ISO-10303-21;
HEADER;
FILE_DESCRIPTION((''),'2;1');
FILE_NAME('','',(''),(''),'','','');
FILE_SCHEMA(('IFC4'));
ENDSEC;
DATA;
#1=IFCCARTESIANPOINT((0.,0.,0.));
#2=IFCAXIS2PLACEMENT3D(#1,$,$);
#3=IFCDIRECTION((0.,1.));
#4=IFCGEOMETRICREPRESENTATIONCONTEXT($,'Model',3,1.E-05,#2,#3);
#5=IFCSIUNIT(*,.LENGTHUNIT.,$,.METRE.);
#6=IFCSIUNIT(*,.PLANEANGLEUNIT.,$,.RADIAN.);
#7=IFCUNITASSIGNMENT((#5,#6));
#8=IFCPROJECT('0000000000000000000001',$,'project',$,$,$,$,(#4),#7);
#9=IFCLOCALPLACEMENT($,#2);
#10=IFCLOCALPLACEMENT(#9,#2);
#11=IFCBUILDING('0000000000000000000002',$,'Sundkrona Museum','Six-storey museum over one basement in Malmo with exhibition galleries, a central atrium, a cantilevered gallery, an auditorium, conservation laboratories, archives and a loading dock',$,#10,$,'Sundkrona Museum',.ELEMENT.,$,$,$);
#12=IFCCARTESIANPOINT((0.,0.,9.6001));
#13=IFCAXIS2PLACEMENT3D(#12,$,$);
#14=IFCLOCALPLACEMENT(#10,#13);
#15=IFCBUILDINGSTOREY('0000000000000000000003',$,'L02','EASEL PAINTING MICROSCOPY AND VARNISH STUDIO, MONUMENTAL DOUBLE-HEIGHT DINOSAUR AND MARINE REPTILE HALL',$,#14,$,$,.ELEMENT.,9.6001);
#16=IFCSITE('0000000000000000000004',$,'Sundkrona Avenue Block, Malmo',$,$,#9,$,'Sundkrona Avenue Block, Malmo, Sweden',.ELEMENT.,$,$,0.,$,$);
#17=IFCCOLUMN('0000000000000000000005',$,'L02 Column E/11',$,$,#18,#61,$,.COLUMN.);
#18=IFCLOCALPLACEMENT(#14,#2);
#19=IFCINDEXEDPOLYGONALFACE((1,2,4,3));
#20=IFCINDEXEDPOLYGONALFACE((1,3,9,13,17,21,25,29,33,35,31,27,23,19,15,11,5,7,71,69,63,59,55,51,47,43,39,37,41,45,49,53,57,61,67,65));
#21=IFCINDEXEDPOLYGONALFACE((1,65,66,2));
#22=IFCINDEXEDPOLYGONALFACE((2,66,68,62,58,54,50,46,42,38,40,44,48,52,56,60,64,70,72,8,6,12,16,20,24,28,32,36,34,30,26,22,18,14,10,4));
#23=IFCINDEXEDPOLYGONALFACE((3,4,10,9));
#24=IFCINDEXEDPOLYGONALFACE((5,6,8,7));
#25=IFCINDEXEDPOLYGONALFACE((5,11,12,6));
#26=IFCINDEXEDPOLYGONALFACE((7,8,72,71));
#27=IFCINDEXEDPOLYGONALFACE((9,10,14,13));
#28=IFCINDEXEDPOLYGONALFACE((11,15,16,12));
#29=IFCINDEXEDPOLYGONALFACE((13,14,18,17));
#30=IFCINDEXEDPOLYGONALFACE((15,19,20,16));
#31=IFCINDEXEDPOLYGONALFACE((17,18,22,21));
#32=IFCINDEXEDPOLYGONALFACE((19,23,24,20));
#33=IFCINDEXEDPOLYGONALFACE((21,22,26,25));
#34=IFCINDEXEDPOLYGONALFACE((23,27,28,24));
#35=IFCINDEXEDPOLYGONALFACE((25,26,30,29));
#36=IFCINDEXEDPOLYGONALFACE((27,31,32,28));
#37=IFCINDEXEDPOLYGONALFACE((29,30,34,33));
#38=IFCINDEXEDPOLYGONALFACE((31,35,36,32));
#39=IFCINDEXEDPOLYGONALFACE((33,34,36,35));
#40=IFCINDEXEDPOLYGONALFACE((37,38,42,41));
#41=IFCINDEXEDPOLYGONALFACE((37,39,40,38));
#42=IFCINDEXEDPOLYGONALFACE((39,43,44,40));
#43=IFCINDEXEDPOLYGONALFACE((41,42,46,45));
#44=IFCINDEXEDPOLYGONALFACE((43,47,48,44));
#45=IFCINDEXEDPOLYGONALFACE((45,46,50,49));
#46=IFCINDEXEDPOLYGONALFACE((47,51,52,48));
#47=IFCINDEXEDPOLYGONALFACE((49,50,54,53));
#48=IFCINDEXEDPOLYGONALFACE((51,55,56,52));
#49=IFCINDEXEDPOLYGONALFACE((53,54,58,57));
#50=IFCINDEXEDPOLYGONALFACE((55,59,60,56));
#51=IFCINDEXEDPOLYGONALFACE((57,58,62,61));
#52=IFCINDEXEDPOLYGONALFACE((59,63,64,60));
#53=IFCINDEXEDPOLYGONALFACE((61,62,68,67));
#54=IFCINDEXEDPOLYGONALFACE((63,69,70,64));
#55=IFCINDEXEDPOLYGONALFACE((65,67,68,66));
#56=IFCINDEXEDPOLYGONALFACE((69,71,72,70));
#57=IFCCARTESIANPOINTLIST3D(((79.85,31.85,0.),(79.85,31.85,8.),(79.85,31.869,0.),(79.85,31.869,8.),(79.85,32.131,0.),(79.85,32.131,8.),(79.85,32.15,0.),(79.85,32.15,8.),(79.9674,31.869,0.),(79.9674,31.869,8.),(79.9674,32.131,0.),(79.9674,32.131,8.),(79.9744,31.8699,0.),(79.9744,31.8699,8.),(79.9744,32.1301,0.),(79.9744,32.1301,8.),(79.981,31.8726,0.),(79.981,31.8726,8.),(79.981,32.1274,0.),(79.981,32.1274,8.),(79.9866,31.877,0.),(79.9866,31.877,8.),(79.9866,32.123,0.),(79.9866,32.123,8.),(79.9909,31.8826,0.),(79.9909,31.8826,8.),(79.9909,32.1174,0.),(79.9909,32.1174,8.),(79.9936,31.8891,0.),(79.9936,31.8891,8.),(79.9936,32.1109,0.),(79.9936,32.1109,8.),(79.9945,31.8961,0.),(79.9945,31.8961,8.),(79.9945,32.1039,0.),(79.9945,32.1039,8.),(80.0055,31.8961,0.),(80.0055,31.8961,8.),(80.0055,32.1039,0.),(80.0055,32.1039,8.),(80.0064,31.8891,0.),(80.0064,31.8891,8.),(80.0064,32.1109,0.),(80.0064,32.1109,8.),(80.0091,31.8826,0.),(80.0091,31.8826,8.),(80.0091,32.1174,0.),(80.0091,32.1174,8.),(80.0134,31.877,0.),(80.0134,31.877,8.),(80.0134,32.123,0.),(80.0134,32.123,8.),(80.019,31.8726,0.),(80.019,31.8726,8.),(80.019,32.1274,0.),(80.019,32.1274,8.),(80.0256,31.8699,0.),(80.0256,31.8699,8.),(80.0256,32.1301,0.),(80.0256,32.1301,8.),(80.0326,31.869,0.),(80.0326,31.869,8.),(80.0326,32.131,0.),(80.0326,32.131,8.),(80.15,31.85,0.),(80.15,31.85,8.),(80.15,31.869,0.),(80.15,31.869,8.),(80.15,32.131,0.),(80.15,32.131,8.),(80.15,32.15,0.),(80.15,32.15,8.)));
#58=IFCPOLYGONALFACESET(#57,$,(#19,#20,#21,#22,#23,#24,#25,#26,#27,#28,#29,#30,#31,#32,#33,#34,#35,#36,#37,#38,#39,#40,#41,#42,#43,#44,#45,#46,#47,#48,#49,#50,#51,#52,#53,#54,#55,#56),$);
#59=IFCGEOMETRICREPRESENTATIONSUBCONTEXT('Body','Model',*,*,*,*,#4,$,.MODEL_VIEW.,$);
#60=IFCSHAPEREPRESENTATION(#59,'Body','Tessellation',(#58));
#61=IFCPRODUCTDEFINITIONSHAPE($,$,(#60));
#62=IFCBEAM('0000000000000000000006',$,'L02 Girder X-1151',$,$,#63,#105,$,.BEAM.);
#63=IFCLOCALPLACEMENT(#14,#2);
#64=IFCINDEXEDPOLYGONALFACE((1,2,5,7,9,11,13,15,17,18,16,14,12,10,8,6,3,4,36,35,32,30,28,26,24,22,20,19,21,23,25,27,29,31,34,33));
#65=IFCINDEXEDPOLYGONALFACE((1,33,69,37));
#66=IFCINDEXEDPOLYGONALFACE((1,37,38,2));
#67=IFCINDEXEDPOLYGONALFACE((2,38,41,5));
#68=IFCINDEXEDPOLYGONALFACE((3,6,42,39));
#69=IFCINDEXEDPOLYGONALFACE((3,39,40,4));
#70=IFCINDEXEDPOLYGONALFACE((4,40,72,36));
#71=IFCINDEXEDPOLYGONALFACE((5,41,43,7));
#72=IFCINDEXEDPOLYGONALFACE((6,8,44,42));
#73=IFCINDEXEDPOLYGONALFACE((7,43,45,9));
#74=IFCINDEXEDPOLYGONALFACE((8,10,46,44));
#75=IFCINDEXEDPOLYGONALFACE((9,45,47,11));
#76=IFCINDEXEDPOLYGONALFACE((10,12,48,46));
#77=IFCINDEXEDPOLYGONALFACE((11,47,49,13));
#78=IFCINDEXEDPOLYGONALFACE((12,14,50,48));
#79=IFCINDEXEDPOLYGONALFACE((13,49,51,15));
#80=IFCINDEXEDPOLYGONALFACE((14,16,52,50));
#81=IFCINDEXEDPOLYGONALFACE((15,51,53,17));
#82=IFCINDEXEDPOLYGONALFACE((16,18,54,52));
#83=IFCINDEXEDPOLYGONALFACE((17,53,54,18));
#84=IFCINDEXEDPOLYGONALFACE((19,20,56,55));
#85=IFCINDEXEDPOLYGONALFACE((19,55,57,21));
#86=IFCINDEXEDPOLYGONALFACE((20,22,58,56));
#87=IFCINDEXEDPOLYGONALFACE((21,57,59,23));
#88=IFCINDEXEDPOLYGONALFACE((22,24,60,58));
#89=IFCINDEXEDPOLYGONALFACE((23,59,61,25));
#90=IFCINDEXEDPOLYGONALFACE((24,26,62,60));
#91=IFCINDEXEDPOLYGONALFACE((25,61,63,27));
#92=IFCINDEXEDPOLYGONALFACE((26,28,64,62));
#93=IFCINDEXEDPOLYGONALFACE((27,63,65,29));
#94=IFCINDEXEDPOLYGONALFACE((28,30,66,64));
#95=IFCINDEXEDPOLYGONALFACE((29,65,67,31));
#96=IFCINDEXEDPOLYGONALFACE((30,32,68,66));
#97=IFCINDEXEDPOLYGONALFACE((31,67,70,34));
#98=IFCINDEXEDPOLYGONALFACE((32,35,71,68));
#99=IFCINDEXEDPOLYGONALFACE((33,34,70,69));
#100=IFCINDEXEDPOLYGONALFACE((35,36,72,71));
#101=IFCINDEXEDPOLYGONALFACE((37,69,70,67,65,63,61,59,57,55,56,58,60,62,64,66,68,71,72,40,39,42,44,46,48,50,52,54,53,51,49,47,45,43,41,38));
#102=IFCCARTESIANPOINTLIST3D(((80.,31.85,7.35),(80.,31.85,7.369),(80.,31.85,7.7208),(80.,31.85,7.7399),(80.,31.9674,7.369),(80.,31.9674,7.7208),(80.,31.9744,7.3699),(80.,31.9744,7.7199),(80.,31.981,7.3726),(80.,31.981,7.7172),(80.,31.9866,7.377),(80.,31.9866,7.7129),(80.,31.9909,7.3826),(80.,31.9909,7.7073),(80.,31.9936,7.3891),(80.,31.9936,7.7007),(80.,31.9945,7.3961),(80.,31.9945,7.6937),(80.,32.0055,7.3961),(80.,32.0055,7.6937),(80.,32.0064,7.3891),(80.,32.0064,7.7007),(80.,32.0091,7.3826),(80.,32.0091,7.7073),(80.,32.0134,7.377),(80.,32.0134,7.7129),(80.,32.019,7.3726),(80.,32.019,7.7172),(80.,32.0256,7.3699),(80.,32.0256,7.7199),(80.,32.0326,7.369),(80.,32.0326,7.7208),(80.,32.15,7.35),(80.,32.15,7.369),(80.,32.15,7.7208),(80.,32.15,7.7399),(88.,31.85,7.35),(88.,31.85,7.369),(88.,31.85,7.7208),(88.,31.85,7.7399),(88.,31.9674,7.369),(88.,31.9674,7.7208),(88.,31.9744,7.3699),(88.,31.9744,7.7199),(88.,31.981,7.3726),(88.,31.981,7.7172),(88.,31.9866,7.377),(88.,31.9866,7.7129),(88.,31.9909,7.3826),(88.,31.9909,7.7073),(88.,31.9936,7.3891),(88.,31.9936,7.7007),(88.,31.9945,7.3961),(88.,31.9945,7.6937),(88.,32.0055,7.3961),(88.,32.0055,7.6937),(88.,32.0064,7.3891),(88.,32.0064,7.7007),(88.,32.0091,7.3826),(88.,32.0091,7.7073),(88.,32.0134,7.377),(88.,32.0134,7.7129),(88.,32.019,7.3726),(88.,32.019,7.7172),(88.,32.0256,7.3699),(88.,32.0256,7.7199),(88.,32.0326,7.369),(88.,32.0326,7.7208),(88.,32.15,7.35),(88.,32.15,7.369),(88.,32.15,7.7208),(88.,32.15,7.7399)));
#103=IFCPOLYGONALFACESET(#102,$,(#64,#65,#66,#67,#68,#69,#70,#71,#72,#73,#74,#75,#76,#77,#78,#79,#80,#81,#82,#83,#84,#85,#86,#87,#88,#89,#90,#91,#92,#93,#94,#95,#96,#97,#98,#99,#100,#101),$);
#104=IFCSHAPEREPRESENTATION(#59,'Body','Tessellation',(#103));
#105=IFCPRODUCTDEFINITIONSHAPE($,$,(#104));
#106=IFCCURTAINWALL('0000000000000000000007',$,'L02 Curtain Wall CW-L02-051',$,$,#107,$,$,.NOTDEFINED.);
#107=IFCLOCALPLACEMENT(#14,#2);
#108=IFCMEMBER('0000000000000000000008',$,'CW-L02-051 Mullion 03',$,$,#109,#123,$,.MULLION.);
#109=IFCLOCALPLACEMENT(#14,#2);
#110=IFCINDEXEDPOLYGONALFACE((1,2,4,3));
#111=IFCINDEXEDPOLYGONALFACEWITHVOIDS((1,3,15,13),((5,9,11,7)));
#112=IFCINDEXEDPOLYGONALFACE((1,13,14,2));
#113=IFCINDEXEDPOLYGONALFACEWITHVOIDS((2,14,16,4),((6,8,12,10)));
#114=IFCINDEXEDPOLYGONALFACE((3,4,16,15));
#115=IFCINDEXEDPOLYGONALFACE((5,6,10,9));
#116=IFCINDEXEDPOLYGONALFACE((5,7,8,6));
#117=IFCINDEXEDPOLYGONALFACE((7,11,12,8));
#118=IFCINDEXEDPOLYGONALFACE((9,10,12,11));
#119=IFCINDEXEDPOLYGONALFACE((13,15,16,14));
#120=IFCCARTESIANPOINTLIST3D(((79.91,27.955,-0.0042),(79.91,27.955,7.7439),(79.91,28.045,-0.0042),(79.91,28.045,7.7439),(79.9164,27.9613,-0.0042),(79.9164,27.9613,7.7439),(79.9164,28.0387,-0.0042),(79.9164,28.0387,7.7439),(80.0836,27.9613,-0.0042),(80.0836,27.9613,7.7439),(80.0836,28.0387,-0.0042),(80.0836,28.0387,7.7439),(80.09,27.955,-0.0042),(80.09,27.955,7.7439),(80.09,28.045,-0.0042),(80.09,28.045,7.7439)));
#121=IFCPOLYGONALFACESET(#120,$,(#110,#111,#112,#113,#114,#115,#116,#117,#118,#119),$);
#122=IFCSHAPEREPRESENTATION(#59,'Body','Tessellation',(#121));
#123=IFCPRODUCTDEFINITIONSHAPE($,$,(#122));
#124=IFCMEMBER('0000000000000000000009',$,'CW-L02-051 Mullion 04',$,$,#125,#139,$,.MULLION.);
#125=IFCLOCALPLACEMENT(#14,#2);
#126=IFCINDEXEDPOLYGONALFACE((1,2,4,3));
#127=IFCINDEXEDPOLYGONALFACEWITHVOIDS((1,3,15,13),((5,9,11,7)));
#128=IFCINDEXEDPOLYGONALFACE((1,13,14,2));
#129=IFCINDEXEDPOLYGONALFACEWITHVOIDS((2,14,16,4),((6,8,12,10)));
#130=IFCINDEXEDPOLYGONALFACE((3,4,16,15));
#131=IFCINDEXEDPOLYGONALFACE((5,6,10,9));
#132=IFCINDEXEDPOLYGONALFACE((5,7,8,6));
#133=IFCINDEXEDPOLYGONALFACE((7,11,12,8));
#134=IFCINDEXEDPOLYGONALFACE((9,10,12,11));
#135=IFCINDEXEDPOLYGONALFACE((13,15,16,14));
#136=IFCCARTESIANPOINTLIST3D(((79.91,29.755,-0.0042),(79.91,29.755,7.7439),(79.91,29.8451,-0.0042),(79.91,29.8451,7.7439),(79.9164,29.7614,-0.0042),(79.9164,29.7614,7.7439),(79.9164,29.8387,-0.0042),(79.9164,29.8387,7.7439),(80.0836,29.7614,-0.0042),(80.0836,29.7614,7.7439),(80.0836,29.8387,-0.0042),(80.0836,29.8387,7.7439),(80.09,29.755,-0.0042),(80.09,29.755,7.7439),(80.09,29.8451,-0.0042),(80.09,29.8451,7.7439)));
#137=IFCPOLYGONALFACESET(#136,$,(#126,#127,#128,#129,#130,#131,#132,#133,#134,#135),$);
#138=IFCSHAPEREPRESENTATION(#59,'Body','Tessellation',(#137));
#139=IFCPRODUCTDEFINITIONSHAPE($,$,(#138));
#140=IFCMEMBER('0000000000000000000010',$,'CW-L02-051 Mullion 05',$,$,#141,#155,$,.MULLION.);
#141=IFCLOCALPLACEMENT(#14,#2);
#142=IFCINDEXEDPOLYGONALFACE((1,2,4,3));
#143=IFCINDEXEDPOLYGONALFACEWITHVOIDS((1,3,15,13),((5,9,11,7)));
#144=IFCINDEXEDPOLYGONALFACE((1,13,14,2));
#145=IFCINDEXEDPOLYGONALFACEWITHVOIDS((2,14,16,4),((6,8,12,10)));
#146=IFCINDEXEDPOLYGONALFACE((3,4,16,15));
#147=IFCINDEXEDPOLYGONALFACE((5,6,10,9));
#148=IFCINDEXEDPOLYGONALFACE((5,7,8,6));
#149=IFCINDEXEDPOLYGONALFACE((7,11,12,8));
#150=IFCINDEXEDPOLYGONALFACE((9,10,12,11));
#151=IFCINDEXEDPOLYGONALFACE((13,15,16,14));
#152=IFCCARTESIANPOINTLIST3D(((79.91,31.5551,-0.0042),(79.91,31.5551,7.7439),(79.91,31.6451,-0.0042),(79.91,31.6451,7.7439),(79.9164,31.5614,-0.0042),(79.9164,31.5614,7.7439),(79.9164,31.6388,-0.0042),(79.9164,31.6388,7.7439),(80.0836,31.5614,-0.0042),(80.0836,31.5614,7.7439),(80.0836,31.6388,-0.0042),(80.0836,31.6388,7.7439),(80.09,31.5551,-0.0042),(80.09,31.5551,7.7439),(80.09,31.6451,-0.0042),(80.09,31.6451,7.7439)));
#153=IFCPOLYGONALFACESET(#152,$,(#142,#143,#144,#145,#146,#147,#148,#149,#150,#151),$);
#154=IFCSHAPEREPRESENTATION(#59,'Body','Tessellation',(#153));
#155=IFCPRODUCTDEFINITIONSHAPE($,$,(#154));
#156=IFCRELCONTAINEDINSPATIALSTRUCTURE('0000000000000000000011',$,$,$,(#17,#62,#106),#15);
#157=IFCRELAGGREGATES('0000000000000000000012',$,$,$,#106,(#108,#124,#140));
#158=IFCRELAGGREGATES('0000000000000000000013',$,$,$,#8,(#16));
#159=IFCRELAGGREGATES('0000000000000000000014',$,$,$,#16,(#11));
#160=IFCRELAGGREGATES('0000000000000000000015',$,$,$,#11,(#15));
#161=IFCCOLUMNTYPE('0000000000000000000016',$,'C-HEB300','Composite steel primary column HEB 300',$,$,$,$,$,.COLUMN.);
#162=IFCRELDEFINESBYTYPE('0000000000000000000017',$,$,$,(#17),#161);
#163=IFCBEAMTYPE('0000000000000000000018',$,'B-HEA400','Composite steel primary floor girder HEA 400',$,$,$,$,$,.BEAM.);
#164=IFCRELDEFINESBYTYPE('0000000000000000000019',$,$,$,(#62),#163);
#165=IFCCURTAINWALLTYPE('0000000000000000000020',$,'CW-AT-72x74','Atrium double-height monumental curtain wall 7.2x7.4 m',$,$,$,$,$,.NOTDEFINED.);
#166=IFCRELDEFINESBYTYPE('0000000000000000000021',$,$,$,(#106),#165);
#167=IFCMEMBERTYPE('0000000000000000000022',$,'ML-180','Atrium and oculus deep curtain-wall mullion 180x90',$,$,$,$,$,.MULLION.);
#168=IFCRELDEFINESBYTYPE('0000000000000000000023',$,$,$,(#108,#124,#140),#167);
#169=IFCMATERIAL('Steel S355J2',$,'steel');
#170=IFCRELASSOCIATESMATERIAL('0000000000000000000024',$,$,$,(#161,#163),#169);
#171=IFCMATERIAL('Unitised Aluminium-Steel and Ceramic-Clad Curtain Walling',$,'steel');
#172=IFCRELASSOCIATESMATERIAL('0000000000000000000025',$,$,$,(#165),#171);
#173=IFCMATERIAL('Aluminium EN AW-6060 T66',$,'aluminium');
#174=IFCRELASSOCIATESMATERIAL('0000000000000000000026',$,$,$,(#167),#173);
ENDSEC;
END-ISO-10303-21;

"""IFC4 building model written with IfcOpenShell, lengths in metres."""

from ifc_helpers import new_model, si_unit, direction, frame, origin, origin_2d, place, context, subcontext, project, spatial, hollow_rectangle, i_section, extrude, material, material_profile, profile_set, type_object, element, aggregate, save


model = new_model("IFC4")

# Units and contexts
model_context = context("Model", 3, precision=1e-05, world=origin(), true_north=direction((0.0, 1.0)))
body_context = subcontext(model_context, "Body", "Model", "MODEL_VIEW")
ifc_project = project(units=[si_unit("LENGTHUNIT", "METRE"), si_unit("PLANEANGLEUNIT", "RADIAN")], contexts=[model_context])

# Site, building, storey
site_placement = place(None, origin())
site = spatial("IfcSite", under=ifc_project, at=site_placement, Name="Sundkrona Avenue Block, Malmo", LongName="Sundkrona Avenue Block, Malmo, Sweden", CompositionType="ELEMENT", RefElevation=0.0)
building_placement = place(site_placement, origin())
building = spatial("IfcBuilding", under=site, at=building_placement, Name="Sundkrona Museum", Description="Six-storey museum over one basement in Malmo with exhibition galleries, a central atrium, a cantilevered gallery, an auditorium, conservation laboratories, archives and a loading dock", LongName="Sundkrona Museum", CompositionType="ELEMENT")
storey_placement = place(building_placement, frame((0.0, 0.0, 9.6001)))
storey = spatial("IfcBuildingStorey", under=building, at=storey_placement, Name="L02", Description="EASEL PAINTING MICROSCOPY AND VARNISH STUDIO, MONUMENTAL DOUBLE-HEIGHT DINOSAUR AND MARINE REPTILE HALL", CompositionType="ELEMENT", Elevation=9.6001)

# Column
ifc_material_1 = material(Name="Steel S355J2", Category="steel")
ifc_material_profile_1 = material_profile(ifc_material_1, i_section(OverallWidth=0.3, OverallDepth=0.3, WebThickness=0.011, FlangeThickness=0.019, FilletRadius=0.0271, at=origin_2d()), Name="HEB 300")
ifc_profile_set_1 = profile_set([ifc_material_profile_1], Name="Steel S355J2")
column_type = type_object("IfcColumnType", Name="C-HEB300", Description="Composite steel primary column HEB 300", PredefinedType="COLUMN", material=ifc_profile_set_1)
column_placement = place(storey_placement, frame((80.0, 32.0, 0.0), z_axis=(0.0, 0.0, 1.0), x_axis=(1.0, 0.0, 0.0)))
element("IfcColumn", 1, at=column_placement, inside=storey, type_object=column_type, Name="L02 Column E/11", PredefinedType="COLUMN", context=body_context, shape_type="SweptSolid", body=[
    extrude(i_section(OverallWidth=0.3, OverallDepth=0.3, WebThickness=0.011, FlangeThickness=0.019, FilletRadius=0.0271, at=origin_2d()), origin(), (0.0, 0.0, 1.0), 8.0),
])

# Beam
ifc_material_profile_2 = material_profile(ifc_material_1, i_section(OverallWidth=0.3, OverallDepth=0.3899, WebThickness=0.011, FlangeThickness=0.019, FilletRadius=0.0271, at=origin_2d()), Name="HEA 400")
ifc_profile_set_2 = profile_set([ifc_material_profile_2], Name="Steel S355J2")
beam_type_1 = type_object("IfcBeamType", Name="B-HEA400", Description="Composite steel primary floor girder HEA 400", PredefinedType="BEAM", material=ifc_profile_set_2)
beam_1_placement = place(storey_placement, frame((80.0, 32.0, 7.5449), z_axis=(1.0, 0.0, 0.0), x_axis=(0.0, 1.0, 0.0)))
element("IfcBeam", 2, at=beam_1_placement, inside=storey, type_object=beam_type_1, Name="L02 Girder X-1151", PredefinedType="BEAM", context=body_context, shape_type="SweptSolid", body=[
    extrude(i_section(OverallWidth=0.3, OverallDepth=0.3899, WebThickness=0.011, FlangeThickness=0.019, FilletRadius=0.0271, at=origin_2d()), origin(), (0.0, 0.0, 1.0), 8.0),
])

# Curtain wall, members
ifc_material_2 = material(Name="Unitised Aluminium-Steel and Ceramic-Clad Curtain Walling", Category="steel")
curtain_wall_type = type_object("IfcCurtainWallType", Name="CW-AT-72x74", Description="Atrium double-height monumental curtain wall 7.2x7.4 m", PredefinedType="NOTDEFINED", material=ifc_material_2)
curtain_wall_placement = place(storey_placement, origin())
curtain_wall = element("IfcCurtainWall", 3, at=curtain_wall_placement, inside=storey, type_object=curtain_wall_type, Name="L02 Curtain Wall CW-L02-051", PredefinedType="NOTDEFINED")
ifc_material_3 = material(Name="Aluminium EN AW-6060 T66", Category="aluminium")
ifc_material_profile_3 = material_profile(ifc_material_3, hollow_rectangle(XDim=0.0901, YDim=0.1799, WallThickness=0.0063, at=origin_2d()), Name="RHS 180x90x6.3")
ifc_profile_set_3 = profile_set([ifc_material_profile_3], Name="Aluminium EN AW-6060 T66")
member_type_1 = type_object("IfcMemberType", Name="ML-180", Description="Atrium and oculus deep curtain-wall mullion 180x90", PredefinedType="MULLION", material=ifc_profile_set_3)
member_1_placement = place(storey_placement, frame((80.0, 28.0, -0.0042), z_axis=(0.0, 0.0, 1.0), x_axis=(0.0, 1.0, 0.0)))
member_1 = element("IfcMember", 4, at=member_1_placement, type_object=member_type_1, Name="CW-L02-051 Mullion 03", PredefinedType="MULLION", context=body_context, shape_type="SweptSolid", body=[
    extrude(hollow_rectangle(XDim=0.0901, YDim=0.1799, WallThickness=0.0063, at=origin_2d()), origin(), (0.0, 0.0, 1.0), 7.748),
])
member_2_placement = place(storey_placement, frame((80.0, 29.8, -0.0042), z_axis=(0.0, 0.0, 1.0), x_axis=(0.0, 1.0, 0.0)))
member_2 = element("IfcMember", 5, at=member_2_placement, type_object=member_type_1, Name="CW-L02-051 Mullion 04", PredefinedType="MULLION", context=body_context, shape_type="SweptSolid", body=[
    extrude(hollow_rectangle(XDim=0.0901, YDim=0.1799, WallThickness=0.0063, at=origin_2d()), origin(), (0.0, 0.0, 1.0), 7.748),
])
member_3_placement = place(storey_placement, frame((80.0, 31.6001, -0.0042), z_axis=(0.0, 0.0, 1.0), x_axis=(0.0, 1.0, 0.0)))
member_3 = element("IfcMember", 6, at=member_3_placement, type_object=member_type_1, Name="CW-L02-051 Mullion 05", PredefinedType="MULLION", context=body_context, shape_type="SweptSolid", body=[
    extrude(hollow_rectangle(XDim=0.0901, YDim=0.1799, WallThickness=0.0063, at=origin_2d()), origin(), (0.0, 0.0, 1.0), 7.748),
])

aggregate(curtain_wall, [member_1, member_2, member_3])

save(model, "model.ifc")
